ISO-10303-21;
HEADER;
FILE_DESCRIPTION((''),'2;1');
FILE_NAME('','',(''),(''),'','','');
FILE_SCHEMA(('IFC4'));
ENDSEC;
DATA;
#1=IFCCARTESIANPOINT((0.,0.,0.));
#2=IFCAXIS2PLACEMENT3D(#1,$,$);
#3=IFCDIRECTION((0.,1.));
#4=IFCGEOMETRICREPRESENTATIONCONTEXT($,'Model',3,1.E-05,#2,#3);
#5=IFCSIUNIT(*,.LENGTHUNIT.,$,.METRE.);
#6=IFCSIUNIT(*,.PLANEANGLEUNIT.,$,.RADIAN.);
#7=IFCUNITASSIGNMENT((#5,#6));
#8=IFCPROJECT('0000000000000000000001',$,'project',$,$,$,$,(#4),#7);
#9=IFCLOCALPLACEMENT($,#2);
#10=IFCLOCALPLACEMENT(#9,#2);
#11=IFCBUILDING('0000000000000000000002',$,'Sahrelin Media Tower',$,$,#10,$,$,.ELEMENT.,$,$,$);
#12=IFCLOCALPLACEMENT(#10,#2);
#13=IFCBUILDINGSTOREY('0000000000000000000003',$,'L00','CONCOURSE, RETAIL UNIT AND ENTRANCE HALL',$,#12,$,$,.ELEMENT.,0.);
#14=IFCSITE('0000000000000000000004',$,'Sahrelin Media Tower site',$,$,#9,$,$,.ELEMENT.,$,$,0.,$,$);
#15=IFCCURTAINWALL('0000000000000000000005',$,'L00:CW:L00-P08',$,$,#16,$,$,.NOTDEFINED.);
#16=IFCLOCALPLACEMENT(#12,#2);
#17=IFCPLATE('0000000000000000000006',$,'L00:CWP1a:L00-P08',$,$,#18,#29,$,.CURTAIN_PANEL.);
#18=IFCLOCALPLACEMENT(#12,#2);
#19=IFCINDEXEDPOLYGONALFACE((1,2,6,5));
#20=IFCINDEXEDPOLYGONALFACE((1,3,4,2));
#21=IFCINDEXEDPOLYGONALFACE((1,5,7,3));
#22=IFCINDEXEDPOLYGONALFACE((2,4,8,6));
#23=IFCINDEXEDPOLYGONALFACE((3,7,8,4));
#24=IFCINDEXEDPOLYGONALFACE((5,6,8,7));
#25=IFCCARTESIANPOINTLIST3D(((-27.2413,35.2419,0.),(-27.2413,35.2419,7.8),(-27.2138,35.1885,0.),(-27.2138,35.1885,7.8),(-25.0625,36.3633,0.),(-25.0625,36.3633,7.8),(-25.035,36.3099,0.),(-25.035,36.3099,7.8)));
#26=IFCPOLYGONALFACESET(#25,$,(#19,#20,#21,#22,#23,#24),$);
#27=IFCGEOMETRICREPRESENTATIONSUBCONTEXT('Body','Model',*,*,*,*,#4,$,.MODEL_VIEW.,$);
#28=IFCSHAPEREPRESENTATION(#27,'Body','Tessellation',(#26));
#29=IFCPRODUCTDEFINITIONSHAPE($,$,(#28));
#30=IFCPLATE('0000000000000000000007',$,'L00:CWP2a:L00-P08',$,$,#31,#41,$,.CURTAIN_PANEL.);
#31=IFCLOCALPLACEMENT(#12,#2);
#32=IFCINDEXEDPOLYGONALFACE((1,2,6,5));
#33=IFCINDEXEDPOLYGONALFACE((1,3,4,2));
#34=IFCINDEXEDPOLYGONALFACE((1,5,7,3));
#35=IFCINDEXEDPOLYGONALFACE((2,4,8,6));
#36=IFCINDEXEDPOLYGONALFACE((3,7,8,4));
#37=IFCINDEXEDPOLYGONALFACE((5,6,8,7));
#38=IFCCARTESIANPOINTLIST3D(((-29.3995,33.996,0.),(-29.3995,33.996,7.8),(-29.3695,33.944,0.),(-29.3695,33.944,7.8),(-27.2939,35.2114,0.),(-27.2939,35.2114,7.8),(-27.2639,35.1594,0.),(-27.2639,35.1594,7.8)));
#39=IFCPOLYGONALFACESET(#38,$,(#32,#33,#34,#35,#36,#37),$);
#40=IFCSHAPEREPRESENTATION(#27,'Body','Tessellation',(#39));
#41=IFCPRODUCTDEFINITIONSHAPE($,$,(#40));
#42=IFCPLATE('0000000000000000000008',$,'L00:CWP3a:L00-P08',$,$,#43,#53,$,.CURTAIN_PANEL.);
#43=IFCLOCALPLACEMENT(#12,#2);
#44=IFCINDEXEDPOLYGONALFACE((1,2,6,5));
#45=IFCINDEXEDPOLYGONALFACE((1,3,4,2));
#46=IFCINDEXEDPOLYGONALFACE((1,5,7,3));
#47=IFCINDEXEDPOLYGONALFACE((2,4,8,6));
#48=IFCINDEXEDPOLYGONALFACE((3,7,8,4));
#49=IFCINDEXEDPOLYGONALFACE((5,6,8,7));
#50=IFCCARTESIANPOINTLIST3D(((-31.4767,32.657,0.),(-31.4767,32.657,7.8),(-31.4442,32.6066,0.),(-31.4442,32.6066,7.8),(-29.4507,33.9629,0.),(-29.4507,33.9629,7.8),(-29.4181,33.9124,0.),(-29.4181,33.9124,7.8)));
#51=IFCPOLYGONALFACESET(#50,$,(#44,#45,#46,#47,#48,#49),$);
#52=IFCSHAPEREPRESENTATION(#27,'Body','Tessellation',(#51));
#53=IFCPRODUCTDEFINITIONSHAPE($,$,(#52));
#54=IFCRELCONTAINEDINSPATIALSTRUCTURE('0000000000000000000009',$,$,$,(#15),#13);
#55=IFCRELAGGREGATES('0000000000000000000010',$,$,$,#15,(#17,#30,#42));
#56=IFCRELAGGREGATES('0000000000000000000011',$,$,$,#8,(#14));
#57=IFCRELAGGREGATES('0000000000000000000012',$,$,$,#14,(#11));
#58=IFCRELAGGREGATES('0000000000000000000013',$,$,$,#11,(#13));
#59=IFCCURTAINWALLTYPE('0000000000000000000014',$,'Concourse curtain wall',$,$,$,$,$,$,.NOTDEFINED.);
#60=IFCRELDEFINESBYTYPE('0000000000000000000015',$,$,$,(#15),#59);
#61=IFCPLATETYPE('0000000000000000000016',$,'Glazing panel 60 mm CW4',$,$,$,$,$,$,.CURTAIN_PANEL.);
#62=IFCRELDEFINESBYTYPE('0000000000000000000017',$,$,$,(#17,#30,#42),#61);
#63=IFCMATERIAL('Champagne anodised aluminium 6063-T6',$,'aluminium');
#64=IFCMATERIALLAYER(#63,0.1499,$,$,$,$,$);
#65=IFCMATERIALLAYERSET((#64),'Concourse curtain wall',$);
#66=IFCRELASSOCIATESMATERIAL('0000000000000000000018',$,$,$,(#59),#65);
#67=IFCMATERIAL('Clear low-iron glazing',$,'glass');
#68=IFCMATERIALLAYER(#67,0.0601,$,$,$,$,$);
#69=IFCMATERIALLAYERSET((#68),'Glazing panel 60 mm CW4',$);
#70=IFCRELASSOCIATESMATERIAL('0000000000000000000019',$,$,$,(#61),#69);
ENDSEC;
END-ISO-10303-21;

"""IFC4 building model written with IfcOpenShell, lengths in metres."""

from ifc_helpers import new_model, si_unit, direction, frame, origin, place, context, subcontext, project, spatial, polyline, outline, extrude, material, layer, layer_set, type_object, element, aggregate, save


model = new_model("IFC4")

# Units and contexts
model_context = context("Model", 3, precision=1e-05, world=origin(), true_north=direction((0.0, 1.0)))
body_context = subcontext(model_context, "Body", "Model", "MODEL_VIEW")
ifc_project = project(units=[si_unit("LENGTHUNIT", "METRE"), si_unit("PLANEANGLEUNIT", "RADIAN")], contexts=[model_context])

# Site, building, storey
site_placement = place(None, origin())
site = spatial("IfcSite", under=ifc_project, at=site_placement, Name="Sahrelin Media Tower site", CompositionType="ELEMENT", RefElevation=0.0)
building_placement = place(site_placement, origin())
building = spatial("IfcBuilding", under=site, at=building_placement, Name="Sahrelin Media Tower", CompositionType="ELEMENT")
storey_placement = place(building_placement, origin())
storey = spatial("IfcBuildingStorey", under=building, at=storey_placement, Name="L00", Description="CONCOURSE, RETAIL UNIT AND ENTRANCE HALL", CompositionType="ELEMENT", Elevation=0.0)

# Curtain wall
ifc_material_1 = material(Name="Champagne anodised aluminium 6063-T6", Category="aluminium")
ifc_layer_1 = layer(ifc_material_1, 0.1499)
ifc_layer_set_1 = layer_set([ifc_layer_1], Name="Concourse curtain wall")
curtain_wall_type = type_object("IfcCurtainWallType", Name="Concourse curtain wall", PredefinedType="NOTDEFINED", material=ifc_layer_set_1)
curtain_wall_1_placement = place(storey_placement, frame((-25.0, 36.373, 0.0), z_axis=(0.0, 0.0, 1.0), x_axis=(1.0, 0.0, 0.0)))
curtain_wall_1 = element("IfcCurtainWall", 1, at=curtain_wall_1_placement, inside=storey, type_object=curtain_wall_type, Name="L00:CW:L00-P08", PredefinedType="NOTDEFINED")

# Plates
ifc_material_2 = material(Name="Clear low-iron glazing", Category="glass")
ifc_layer_2 = layer(ifc_material_2, 0.0601)
ifc_layer_set_2 = layer_set([ifc_layer_2], Name="Glazing panel 60 mm CW4")
plate_type = type_object("IfcPlateType", Name="Glazing panel 60 mm CW4", PredefinedType="CURTAIN_PANEL", material=ifc_layer_set_2)
plate_1_placement = place(storey_placement, frame((-25.0625, 36.3633, 0.0), z_axis=(-0.457625, 0.889145, 0.0), x_axis=(-0.889145, -0.457625, 0.0)))
plate_1 = element("IfcPlate", 2, at=plate_1_placement, type_object=plate_type, Name="L00:CWP1a:L00-P08", PredefinedType="CURTAIN_PANEL", context=body_context, shape_type="SweptSolid", body=[
    extrude(outline(polyline([(0.0, 0.0), (2.4504, 0.0), (2.4504, 7.8), (0.0, 7.8), (0.0, 0.0)])), origin(), (0.0, 0.0, -1.0), 0.0601),
])
plate_2_placement = place(storey_placement, frame((-27.2939, 35.2114, 0.0), z_axis=(-0.49992, 0.866072, 0.0), x_axis=(-0.866072, -0.49992, 0.0)))
plate_2 = element("IfcPlate", 3, at=plate_2_placement, type_object=plate_type, Name="L00:CWP2a:L00-P08", PredefinedType="CURTAIN_PANEL", context=body_context, shape_type="SweptSolid", body=[
    extrude(outline(polyline([(0.0, 0.0), (2.4312, 0.0), (2.4312, 7.8), (0.0, 7.8), (0.0, 0.0)])), origin(), (0.0, 0.0, -1.0), 0.0601),
])
plate_3_placement = place(storey_placement, frame((-29.4507, 33.9629, 0.0), z_axis=(-0.541755, 0.840536, 0.0), x_axis=(-0.840536, -0.541755, 0.0)))
plate_3 = element("IfcPlate", 4, at=plate_3_placement, type_object=plate_type, Name="L00:CWP3a:L00-P08", PredefinedType="CURTAIN_PANEL", context=body_context, shape_type="SweptSolid", body=[
    extrude(outline(polyline([(0.0, 0.0), (2.4104, 0.0), (2.4104, 7.8), (0.0, 7.8), (0.0, 0.0)])), origin(), (0.0, 0.0, -1.0), 0.0601),
])
aggregate(curtain_wall_1, [plate_1, plate_2, plate_3])

save(model, "model.ifc")
